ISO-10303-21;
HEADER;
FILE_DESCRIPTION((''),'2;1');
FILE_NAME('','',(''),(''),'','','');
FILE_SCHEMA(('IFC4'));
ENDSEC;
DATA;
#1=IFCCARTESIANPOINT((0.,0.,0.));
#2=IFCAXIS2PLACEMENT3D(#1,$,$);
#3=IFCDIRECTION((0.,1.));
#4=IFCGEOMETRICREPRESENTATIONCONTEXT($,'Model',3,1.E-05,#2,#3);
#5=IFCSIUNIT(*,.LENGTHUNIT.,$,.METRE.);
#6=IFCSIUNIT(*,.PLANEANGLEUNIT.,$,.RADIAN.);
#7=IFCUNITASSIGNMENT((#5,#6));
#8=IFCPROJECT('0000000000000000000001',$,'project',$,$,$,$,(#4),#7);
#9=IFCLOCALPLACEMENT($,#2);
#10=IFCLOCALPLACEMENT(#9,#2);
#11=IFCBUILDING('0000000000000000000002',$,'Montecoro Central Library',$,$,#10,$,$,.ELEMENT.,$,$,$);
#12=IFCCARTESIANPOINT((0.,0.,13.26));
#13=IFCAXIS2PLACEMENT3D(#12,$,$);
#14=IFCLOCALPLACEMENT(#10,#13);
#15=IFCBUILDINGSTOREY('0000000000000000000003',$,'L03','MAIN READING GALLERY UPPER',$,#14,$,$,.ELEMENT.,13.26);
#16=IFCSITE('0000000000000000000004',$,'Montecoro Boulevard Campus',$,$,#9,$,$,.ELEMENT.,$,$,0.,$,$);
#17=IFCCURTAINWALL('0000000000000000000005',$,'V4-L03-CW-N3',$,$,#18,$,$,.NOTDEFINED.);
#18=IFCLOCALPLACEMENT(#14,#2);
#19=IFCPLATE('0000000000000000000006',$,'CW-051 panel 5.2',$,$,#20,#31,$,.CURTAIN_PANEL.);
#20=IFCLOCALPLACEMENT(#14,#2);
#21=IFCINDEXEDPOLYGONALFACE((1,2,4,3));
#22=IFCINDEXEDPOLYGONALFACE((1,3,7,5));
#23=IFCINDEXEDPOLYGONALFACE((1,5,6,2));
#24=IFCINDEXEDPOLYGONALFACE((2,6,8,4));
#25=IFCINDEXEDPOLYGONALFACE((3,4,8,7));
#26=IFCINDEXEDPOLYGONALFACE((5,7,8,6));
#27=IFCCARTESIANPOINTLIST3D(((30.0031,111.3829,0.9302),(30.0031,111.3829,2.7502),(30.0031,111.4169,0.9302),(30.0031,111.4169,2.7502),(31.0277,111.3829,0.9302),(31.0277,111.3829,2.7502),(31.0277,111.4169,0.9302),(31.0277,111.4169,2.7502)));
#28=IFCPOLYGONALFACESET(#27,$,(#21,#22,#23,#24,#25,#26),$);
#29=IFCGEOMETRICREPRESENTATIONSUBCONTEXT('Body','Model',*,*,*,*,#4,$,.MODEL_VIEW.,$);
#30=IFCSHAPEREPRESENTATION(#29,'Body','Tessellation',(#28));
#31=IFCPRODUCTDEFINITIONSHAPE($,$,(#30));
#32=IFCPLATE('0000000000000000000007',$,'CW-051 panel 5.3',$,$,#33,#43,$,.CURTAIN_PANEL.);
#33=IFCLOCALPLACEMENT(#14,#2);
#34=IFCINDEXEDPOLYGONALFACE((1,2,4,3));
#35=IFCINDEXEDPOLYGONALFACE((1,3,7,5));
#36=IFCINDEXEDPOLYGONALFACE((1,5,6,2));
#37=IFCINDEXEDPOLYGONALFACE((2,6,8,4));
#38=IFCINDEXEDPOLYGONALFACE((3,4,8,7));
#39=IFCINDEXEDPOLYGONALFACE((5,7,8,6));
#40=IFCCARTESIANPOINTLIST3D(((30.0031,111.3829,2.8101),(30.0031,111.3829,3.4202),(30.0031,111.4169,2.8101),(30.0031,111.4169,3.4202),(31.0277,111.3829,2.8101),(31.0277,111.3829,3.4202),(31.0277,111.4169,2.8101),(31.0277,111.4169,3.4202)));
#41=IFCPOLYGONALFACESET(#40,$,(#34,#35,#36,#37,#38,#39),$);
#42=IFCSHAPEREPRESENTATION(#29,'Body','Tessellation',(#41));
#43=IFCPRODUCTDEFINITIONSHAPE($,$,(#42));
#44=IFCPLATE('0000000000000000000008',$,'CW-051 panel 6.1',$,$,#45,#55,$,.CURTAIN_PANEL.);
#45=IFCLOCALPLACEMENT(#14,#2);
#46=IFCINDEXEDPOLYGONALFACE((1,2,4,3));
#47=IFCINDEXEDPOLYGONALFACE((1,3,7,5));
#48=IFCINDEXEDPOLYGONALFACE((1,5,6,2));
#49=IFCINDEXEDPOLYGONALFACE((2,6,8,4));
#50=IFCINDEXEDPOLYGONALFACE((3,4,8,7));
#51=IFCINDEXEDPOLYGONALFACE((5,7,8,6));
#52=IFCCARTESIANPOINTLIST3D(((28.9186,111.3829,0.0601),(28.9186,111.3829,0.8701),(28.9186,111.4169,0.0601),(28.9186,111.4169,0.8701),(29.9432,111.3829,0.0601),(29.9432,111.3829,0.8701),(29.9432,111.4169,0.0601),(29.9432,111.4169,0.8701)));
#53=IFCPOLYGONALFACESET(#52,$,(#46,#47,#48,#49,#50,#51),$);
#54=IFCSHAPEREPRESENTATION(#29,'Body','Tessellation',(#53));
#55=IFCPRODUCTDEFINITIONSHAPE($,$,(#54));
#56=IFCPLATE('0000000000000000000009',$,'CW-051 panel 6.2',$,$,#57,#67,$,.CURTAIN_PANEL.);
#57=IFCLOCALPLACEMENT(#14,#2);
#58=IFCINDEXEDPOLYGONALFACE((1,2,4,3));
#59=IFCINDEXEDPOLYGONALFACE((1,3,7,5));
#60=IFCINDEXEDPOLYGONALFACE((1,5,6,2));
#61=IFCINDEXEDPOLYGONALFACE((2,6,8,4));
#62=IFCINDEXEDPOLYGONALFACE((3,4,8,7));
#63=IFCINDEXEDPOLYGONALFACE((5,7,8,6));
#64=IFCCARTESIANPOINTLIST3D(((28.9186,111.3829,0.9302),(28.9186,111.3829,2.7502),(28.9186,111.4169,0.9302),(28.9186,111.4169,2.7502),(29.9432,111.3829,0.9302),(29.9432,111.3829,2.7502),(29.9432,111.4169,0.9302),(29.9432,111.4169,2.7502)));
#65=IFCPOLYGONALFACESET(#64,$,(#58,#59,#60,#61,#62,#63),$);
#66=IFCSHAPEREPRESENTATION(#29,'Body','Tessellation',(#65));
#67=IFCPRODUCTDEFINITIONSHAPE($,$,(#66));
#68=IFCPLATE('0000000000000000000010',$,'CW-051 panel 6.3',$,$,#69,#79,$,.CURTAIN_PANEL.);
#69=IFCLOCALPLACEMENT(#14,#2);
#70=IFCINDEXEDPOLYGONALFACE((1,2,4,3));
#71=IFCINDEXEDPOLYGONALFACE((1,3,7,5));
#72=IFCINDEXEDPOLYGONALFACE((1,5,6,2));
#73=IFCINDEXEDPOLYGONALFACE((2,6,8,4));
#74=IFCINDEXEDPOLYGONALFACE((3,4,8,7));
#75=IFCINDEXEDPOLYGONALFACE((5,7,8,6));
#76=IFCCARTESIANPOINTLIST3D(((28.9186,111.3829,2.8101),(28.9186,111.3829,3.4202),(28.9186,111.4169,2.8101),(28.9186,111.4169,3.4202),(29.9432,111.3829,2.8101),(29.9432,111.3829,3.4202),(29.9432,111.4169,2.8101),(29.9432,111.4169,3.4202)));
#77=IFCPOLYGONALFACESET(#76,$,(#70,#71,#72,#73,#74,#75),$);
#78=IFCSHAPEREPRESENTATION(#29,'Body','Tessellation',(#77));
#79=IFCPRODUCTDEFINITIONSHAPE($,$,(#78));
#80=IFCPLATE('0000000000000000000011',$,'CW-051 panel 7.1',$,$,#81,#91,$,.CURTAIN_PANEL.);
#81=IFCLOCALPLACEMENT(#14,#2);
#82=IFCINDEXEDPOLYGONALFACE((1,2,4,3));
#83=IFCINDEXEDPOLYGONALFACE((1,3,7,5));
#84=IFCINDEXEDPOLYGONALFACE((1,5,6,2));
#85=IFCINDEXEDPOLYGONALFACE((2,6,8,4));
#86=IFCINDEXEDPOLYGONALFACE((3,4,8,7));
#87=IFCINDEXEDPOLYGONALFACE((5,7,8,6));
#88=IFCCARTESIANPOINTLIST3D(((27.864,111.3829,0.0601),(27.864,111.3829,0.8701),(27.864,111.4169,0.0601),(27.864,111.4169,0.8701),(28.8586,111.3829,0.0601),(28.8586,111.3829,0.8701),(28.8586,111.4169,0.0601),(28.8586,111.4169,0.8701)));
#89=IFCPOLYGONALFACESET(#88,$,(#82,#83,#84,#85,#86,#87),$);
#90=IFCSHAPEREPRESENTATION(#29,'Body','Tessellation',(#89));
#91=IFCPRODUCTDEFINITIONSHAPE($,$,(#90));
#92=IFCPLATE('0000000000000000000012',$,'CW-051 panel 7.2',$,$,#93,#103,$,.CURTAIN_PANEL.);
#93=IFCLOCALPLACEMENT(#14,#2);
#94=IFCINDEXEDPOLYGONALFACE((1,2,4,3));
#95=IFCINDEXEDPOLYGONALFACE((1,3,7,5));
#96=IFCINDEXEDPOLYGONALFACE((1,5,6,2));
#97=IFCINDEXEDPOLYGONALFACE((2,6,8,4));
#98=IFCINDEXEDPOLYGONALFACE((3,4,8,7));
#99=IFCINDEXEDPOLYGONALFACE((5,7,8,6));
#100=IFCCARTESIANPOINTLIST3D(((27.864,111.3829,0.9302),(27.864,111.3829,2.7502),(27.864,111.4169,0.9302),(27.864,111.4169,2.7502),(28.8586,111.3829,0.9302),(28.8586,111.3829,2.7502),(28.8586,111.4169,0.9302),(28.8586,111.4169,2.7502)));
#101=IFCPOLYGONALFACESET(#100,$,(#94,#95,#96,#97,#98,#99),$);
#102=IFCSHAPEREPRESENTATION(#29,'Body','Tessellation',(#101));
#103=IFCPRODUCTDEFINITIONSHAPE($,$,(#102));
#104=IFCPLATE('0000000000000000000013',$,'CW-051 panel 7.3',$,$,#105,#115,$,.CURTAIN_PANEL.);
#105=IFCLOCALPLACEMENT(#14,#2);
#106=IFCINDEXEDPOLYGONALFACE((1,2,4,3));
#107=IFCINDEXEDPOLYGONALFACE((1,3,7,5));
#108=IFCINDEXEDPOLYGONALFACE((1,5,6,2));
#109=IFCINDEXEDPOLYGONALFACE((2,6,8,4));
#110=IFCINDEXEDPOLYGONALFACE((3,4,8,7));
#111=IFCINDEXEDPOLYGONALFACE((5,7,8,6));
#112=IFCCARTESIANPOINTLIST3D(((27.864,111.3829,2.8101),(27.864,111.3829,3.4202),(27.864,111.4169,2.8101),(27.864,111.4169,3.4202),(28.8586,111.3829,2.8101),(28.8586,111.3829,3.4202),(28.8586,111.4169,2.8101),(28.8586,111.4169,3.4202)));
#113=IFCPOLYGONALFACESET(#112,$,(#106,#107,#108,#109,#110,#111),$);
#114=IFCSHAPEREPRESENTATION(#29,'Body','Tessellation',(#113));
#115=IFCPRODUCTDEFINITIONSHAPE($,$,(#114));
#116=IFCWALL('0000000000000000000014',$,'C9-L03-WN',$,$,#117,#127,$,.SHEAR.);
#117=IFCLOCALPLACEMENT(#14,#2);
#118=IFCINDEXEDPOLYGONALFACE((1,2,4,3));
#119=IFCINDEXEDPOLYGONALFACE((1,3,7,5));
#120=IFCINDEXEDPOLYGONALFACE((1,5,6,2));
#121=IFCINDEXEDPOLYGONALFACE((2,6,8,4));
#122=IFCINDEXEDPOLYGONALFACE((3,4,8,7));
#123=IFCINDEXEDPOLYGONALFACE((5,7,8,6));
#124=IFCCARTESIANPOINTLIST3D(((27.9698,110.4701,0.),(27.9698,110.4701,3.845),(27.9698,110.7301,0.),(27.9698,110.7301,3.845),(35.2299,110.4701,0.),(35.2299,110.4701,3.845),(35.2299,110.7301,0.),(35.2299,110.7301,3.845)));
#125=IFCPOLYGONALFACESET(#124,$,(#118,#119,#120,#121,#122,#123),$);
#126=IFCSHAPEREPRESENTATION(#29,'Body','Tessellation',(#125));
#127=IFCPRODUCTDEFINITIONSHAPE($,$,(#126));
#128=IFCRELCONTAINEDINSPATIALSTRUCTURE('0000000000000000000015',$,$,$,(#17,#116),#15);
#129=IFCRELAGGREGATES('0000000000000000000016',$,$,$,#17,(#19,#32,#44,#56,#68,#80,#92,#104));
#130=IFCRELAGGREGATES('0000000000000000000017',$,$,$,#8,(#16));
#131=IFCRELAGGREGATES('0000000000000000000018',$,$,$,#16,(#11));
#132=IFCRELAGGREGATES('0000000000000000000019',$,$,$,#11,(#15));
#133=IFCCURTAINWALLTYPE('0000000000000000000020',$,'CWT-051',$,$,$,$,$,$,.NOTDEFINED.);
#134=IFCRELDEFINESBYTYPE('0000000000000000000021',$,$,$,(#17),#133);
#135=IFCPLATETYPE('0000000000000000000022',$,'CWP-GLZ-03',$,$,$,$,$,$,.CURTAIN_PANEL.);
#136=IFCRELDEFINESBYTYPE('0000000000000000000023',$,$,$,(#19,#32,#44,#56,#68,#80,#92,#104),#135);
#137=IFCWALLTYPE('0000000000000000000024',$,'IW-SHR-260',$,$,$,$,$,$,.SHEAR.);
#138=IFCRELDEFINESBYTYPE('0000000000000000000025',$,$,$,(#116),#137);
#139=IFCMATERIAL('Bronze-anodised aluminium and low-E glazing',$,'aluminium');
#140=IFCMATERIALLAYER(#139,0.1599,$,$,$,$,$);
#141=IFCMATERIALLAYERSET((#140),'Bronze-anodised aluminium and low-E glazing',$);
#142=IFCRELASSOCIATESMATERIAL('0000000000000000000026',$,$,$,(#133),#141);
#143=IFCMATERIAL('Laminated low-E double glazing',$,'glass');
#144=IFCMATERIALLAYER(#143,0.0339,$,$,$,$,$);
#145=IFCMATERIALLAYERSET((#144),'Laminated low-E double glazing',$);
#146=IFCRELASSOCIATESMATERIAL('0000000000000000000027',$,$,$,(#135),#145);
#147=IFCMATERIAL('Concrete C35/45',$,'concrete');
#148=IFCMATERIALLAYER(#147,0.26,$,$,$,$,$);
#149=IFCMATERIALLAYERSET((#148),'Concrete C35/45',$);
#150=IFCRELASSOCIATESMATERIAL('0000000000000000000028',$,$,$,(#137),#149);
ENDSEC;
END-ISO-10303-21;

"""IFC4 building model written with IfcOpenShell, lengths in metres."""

from ifc_helpers import new_model, si_unit, direction, frame, frame_2d, origin, origin_2d, place, context, subcontext, project, spatial, rectangle, extrude, material, layer, layer_set, type_object, element, aggregate, save


model = new_model("IFC4")

# Units and contexts
model_context = context("Model", 3, precision=1e-05, world=origin(), true_north=direction((0.0, 1.0)))
body_context = subcontext(model_context, "Body", "Model", "MODEL_VIEW")
ifc_project = project(units=[si_unit("LENGTHUNIT", "METRE"), si_unit("PLANEANGLEUNIT", "RADIAN")], contexts=[model_context])

# Site, building, storey
site_placement = place(None, origin())
site = spatial("IfcSite", under=ifc_project, at=site_placement, Name="Montecoro Boulevard Campus", CompositionType="ELEMENT", RefElevation=0.0)
building_placement = place(site_placement, origin())
building = spatial("IfcBuilding", under=site, at=building_placement, Name="Montecoro Central Library", CompositionType="ELEMENT")
storey_placement = place(building_placement, frame((0.0, 0.0, 13.26)))
storey = spatial("IfcBuildingStorey", under=building, at=storey_placement, Name="L03", Description="MAIN READING GALLERY UPPER", CompositionType="ELEMENT", Elevation=13.26)

# Curtain wall, plates
ifc_material_1 = material(Name="Bronze-anodised aluminium and low-E glazing", Category="aluminium")
ifc_layer_1 = layer(ifc_material_1, 0.1599)
ifc_layer_set_1 = layer_set([ifc_layer_1], Name="Bronze-anodised aluminium and low-E glazing")
curtain_wall_type = type_object("IfcCurtainWallType", Name="CWT-051", PredefinedType="NOTDEFINED", material=ifc_layer_set_1)
curtain_wall_placement = place(storey_placement, origin())
curtain_wall = element("IfcCurtainWall", 1, at=curtain_wall_placement, inside=storey, type_object=curtain_wall_type, Name="V4-L03-CW-N3", PredefinedType="NOTDEFINED")
ifc_material_2 = material(Name="Laminated low-E double glazing", Category="glass")
ifc_layer_2 = layer(ifc_material_2, 0.0339)
ifc_layer_set_2 = layer_set([ifc_layer_2], Name="Laminated low-E double glazing")
plate_type = type_object("IfcPlateType", Name="CWP-GLZ-03", PredefinedType="CURTAIN_PANEL", material=ifc_layer_set_2)
plate_1_placement = place(storey_placement, frame((30.5154, 111.3999, 0.9302), z_axis=(0.0, 0.0, 1.0), x_axis=(-1.0, 0.0, 0.0)))
plate_1 = element("IfcPlate", 2, at=plate_1_placement, type_object=plate_type, Name="CW-051 panel 5.2", PredefinedType="CURTAIN_PANEL", context=body_context, shape_type="SweptSolid", body=[
    extrude(rectangle(XDim=1.0247, YDim=0.0339, at=origin_2d()), origin(), (0.0, 0.0, 1.0), 1.8201),
])
plate_2_placement = place(storey_placement, frame((30.5154, 111.3999, 2.8101), z_axis=(0.0, 0.0, 1.0), x_axis=(-1.0, 0.0, 0.0)))
plate_2 = element("IfcPlate", 3, at=plate_2_placement, type_object=plate_type, Name="CW-051 panel 5.3", PredefinedType="CURTAIN_PANEL", context=body_context, shape_type="SweptSolid", body=[
    extrude(rectangle(XDim=1.0247, YDim=0.0339, at=origin_2d()), origin(), (0.0, 0.0, 1.0), 0.6101),
])
plate_3_placement = place(storey_placement, frame((29.4309, 111.3999, 0.0601), z_axis=(0.0, 0.0, 1.0), x_axis=(-1.0, 0.0, 0.0)))
plate_3 = element("IfcPlate", 4, at=plate_3_placement, type_object=plate_type, Name="CW-051 panel 6.1", PredefinedType="CURTAIN_PANEL", context=body_context, shape_type="SweptSolid", body=[
    extrude(rectangle(XDim=1.0247, YDim=0.0339, at=origin_2d()), origin(), (0.0, 0.0, 1.0), 0.8101),
])
plate_4_placement = place(storey_placement, frame((29.4309, 111.3999, 0.9302), z_axis=(0.0, 0.0, 1.0), x_axis=(-1.0, 0.0, 0.0)))
plate_4 = element("IfcPlate", 5, at=plate_4_placement, type_object=plate_type, Name="CW-051 panel 6.2", PredefinedType="CURTAIN_PANEL", context=body_context, shape_type="SweptSolid", body=[
    extrude(rectangle(XDim=1.0247, YDim=0.0339, at=origin_2d()), origin(), (0.0, 0.0, 1.0), 1.8201),
])
plate_5_placement = place(storey_placement, frame((29.4309, 111.3999, 2.8101), z_axis=(0.0, 0.0, 1.0), x_axis=(-1.0, 0.0, 0.0)))
plate_5 = element("IfcPlate", 6, at=plate_5_placement, type_object=plate_type, Name="CW-051 panel 6.3", PredefinedType="CURTAIN_PANEL", context=body_context, shape_type="SweptSolid", body=[
    extrude(rectangle(XDim=1.0247, YDim=0.0339, at=origin_2d()), origin(), (0.0, 0.0, 1.0), 0.6101),
])
plate_6_placement = place(storey_placement, frame((28.3613, 111.3999, 0.0601), z_axis=(0.0, 0.0, 1.0), x_axis=(-1.0, 0.0, 0.0)))
plate_6 = element("IfcPlate", 7, at=plate_6_placement, type_object=plate_type, Name="CW-051 panel 7.1", PredefinedType="CURTAIN_PANEL", context=body_context, shape_type="SweptSolid", body=[
    extrude(rectangle(XDim=0.9946, YDim=0.0339, at=origin_2d()), origin(), (0.0, 0.0, 1.0), 0.8101),
])
plate_7_placement = place(storey_placement, frame((28.3613, 111.3999, 0.9302), z_axis=(0.0, 0.0, 1.0), x_axis=(-1.0, 0.0, 0.0)))
plate_7 = element("IfcPlate", 8, at=plate_7_placement, type_object=plate_type, Name="CW-051 panel 7.2", PredefinedType="CURTAIN_PANEL", context=body_context, shape_type="SweptSolid", body=[
    extrude(rectangle(XDim=0.9946, YDim=0.0339, at=origin_2d()), origin(), (0.0, 0.0, 1.0), 1.8201),
])
plate_8_placement = place(storey_placement, frame((28.3613, 111.3999, 2.8101), z_axis=(0.0, 0.0, 1.0), x_axis=(-1.0, 0.0, 0.0)))
plate_8 = element("IfcPlate", 9, at=plate_8_placement, type_object=plate_type, Name="CW-051 panel 7.3", PredefinedType="CURTAIN_PANEL", context=body_context, shape_type="SweptSolid", body=[
    extrude(rectangle(XDim=0.9946, YDim=0.0339, at=origin_2d()), origin(), (0.0, 0.0, 1.0), 0.6101),
])
aggregate(curtain_wall, [plate_1, plate_2, plate_3, plate_4, plate_5, plate_6, plate_7, plate_8])

# Wall
ifc_material_3 = material(Name="Concrete C35/45", Category="concrete")
ifc_layer_3 = layer(ifc_material_3, 0.26)
ifc_layer_set_3 = layer_set([ifc_layer_3], Name="Concrete C35/45")
wall_type = type_object("IfcWallType", Name="IW-SHR-260", PredefinedType="SHEAR", material=ifc_layer_set_3)
wall_placement = place(storey_placement, frame((27.97, 110.6001, 0.0), z_axis=(0.0, 0.0, 1.0), x_axis=(1.0, 0.0, 0.0)))
element("IfcWall", 10, at=wall_placement, inside=storey, type_object=wall_type, Name="C9-L03-WN", PredefinedType="SHEAR", context=body_context, shape_type="SweptSolid", body=[
    extrude(rectangle(XDim=7.26, YDim=0.26, at=frame_2d((3.6299, 0.0))), origin(), (0.0, 0.0, 1.0), 3.845),
])

save(model, "model.ifc")
